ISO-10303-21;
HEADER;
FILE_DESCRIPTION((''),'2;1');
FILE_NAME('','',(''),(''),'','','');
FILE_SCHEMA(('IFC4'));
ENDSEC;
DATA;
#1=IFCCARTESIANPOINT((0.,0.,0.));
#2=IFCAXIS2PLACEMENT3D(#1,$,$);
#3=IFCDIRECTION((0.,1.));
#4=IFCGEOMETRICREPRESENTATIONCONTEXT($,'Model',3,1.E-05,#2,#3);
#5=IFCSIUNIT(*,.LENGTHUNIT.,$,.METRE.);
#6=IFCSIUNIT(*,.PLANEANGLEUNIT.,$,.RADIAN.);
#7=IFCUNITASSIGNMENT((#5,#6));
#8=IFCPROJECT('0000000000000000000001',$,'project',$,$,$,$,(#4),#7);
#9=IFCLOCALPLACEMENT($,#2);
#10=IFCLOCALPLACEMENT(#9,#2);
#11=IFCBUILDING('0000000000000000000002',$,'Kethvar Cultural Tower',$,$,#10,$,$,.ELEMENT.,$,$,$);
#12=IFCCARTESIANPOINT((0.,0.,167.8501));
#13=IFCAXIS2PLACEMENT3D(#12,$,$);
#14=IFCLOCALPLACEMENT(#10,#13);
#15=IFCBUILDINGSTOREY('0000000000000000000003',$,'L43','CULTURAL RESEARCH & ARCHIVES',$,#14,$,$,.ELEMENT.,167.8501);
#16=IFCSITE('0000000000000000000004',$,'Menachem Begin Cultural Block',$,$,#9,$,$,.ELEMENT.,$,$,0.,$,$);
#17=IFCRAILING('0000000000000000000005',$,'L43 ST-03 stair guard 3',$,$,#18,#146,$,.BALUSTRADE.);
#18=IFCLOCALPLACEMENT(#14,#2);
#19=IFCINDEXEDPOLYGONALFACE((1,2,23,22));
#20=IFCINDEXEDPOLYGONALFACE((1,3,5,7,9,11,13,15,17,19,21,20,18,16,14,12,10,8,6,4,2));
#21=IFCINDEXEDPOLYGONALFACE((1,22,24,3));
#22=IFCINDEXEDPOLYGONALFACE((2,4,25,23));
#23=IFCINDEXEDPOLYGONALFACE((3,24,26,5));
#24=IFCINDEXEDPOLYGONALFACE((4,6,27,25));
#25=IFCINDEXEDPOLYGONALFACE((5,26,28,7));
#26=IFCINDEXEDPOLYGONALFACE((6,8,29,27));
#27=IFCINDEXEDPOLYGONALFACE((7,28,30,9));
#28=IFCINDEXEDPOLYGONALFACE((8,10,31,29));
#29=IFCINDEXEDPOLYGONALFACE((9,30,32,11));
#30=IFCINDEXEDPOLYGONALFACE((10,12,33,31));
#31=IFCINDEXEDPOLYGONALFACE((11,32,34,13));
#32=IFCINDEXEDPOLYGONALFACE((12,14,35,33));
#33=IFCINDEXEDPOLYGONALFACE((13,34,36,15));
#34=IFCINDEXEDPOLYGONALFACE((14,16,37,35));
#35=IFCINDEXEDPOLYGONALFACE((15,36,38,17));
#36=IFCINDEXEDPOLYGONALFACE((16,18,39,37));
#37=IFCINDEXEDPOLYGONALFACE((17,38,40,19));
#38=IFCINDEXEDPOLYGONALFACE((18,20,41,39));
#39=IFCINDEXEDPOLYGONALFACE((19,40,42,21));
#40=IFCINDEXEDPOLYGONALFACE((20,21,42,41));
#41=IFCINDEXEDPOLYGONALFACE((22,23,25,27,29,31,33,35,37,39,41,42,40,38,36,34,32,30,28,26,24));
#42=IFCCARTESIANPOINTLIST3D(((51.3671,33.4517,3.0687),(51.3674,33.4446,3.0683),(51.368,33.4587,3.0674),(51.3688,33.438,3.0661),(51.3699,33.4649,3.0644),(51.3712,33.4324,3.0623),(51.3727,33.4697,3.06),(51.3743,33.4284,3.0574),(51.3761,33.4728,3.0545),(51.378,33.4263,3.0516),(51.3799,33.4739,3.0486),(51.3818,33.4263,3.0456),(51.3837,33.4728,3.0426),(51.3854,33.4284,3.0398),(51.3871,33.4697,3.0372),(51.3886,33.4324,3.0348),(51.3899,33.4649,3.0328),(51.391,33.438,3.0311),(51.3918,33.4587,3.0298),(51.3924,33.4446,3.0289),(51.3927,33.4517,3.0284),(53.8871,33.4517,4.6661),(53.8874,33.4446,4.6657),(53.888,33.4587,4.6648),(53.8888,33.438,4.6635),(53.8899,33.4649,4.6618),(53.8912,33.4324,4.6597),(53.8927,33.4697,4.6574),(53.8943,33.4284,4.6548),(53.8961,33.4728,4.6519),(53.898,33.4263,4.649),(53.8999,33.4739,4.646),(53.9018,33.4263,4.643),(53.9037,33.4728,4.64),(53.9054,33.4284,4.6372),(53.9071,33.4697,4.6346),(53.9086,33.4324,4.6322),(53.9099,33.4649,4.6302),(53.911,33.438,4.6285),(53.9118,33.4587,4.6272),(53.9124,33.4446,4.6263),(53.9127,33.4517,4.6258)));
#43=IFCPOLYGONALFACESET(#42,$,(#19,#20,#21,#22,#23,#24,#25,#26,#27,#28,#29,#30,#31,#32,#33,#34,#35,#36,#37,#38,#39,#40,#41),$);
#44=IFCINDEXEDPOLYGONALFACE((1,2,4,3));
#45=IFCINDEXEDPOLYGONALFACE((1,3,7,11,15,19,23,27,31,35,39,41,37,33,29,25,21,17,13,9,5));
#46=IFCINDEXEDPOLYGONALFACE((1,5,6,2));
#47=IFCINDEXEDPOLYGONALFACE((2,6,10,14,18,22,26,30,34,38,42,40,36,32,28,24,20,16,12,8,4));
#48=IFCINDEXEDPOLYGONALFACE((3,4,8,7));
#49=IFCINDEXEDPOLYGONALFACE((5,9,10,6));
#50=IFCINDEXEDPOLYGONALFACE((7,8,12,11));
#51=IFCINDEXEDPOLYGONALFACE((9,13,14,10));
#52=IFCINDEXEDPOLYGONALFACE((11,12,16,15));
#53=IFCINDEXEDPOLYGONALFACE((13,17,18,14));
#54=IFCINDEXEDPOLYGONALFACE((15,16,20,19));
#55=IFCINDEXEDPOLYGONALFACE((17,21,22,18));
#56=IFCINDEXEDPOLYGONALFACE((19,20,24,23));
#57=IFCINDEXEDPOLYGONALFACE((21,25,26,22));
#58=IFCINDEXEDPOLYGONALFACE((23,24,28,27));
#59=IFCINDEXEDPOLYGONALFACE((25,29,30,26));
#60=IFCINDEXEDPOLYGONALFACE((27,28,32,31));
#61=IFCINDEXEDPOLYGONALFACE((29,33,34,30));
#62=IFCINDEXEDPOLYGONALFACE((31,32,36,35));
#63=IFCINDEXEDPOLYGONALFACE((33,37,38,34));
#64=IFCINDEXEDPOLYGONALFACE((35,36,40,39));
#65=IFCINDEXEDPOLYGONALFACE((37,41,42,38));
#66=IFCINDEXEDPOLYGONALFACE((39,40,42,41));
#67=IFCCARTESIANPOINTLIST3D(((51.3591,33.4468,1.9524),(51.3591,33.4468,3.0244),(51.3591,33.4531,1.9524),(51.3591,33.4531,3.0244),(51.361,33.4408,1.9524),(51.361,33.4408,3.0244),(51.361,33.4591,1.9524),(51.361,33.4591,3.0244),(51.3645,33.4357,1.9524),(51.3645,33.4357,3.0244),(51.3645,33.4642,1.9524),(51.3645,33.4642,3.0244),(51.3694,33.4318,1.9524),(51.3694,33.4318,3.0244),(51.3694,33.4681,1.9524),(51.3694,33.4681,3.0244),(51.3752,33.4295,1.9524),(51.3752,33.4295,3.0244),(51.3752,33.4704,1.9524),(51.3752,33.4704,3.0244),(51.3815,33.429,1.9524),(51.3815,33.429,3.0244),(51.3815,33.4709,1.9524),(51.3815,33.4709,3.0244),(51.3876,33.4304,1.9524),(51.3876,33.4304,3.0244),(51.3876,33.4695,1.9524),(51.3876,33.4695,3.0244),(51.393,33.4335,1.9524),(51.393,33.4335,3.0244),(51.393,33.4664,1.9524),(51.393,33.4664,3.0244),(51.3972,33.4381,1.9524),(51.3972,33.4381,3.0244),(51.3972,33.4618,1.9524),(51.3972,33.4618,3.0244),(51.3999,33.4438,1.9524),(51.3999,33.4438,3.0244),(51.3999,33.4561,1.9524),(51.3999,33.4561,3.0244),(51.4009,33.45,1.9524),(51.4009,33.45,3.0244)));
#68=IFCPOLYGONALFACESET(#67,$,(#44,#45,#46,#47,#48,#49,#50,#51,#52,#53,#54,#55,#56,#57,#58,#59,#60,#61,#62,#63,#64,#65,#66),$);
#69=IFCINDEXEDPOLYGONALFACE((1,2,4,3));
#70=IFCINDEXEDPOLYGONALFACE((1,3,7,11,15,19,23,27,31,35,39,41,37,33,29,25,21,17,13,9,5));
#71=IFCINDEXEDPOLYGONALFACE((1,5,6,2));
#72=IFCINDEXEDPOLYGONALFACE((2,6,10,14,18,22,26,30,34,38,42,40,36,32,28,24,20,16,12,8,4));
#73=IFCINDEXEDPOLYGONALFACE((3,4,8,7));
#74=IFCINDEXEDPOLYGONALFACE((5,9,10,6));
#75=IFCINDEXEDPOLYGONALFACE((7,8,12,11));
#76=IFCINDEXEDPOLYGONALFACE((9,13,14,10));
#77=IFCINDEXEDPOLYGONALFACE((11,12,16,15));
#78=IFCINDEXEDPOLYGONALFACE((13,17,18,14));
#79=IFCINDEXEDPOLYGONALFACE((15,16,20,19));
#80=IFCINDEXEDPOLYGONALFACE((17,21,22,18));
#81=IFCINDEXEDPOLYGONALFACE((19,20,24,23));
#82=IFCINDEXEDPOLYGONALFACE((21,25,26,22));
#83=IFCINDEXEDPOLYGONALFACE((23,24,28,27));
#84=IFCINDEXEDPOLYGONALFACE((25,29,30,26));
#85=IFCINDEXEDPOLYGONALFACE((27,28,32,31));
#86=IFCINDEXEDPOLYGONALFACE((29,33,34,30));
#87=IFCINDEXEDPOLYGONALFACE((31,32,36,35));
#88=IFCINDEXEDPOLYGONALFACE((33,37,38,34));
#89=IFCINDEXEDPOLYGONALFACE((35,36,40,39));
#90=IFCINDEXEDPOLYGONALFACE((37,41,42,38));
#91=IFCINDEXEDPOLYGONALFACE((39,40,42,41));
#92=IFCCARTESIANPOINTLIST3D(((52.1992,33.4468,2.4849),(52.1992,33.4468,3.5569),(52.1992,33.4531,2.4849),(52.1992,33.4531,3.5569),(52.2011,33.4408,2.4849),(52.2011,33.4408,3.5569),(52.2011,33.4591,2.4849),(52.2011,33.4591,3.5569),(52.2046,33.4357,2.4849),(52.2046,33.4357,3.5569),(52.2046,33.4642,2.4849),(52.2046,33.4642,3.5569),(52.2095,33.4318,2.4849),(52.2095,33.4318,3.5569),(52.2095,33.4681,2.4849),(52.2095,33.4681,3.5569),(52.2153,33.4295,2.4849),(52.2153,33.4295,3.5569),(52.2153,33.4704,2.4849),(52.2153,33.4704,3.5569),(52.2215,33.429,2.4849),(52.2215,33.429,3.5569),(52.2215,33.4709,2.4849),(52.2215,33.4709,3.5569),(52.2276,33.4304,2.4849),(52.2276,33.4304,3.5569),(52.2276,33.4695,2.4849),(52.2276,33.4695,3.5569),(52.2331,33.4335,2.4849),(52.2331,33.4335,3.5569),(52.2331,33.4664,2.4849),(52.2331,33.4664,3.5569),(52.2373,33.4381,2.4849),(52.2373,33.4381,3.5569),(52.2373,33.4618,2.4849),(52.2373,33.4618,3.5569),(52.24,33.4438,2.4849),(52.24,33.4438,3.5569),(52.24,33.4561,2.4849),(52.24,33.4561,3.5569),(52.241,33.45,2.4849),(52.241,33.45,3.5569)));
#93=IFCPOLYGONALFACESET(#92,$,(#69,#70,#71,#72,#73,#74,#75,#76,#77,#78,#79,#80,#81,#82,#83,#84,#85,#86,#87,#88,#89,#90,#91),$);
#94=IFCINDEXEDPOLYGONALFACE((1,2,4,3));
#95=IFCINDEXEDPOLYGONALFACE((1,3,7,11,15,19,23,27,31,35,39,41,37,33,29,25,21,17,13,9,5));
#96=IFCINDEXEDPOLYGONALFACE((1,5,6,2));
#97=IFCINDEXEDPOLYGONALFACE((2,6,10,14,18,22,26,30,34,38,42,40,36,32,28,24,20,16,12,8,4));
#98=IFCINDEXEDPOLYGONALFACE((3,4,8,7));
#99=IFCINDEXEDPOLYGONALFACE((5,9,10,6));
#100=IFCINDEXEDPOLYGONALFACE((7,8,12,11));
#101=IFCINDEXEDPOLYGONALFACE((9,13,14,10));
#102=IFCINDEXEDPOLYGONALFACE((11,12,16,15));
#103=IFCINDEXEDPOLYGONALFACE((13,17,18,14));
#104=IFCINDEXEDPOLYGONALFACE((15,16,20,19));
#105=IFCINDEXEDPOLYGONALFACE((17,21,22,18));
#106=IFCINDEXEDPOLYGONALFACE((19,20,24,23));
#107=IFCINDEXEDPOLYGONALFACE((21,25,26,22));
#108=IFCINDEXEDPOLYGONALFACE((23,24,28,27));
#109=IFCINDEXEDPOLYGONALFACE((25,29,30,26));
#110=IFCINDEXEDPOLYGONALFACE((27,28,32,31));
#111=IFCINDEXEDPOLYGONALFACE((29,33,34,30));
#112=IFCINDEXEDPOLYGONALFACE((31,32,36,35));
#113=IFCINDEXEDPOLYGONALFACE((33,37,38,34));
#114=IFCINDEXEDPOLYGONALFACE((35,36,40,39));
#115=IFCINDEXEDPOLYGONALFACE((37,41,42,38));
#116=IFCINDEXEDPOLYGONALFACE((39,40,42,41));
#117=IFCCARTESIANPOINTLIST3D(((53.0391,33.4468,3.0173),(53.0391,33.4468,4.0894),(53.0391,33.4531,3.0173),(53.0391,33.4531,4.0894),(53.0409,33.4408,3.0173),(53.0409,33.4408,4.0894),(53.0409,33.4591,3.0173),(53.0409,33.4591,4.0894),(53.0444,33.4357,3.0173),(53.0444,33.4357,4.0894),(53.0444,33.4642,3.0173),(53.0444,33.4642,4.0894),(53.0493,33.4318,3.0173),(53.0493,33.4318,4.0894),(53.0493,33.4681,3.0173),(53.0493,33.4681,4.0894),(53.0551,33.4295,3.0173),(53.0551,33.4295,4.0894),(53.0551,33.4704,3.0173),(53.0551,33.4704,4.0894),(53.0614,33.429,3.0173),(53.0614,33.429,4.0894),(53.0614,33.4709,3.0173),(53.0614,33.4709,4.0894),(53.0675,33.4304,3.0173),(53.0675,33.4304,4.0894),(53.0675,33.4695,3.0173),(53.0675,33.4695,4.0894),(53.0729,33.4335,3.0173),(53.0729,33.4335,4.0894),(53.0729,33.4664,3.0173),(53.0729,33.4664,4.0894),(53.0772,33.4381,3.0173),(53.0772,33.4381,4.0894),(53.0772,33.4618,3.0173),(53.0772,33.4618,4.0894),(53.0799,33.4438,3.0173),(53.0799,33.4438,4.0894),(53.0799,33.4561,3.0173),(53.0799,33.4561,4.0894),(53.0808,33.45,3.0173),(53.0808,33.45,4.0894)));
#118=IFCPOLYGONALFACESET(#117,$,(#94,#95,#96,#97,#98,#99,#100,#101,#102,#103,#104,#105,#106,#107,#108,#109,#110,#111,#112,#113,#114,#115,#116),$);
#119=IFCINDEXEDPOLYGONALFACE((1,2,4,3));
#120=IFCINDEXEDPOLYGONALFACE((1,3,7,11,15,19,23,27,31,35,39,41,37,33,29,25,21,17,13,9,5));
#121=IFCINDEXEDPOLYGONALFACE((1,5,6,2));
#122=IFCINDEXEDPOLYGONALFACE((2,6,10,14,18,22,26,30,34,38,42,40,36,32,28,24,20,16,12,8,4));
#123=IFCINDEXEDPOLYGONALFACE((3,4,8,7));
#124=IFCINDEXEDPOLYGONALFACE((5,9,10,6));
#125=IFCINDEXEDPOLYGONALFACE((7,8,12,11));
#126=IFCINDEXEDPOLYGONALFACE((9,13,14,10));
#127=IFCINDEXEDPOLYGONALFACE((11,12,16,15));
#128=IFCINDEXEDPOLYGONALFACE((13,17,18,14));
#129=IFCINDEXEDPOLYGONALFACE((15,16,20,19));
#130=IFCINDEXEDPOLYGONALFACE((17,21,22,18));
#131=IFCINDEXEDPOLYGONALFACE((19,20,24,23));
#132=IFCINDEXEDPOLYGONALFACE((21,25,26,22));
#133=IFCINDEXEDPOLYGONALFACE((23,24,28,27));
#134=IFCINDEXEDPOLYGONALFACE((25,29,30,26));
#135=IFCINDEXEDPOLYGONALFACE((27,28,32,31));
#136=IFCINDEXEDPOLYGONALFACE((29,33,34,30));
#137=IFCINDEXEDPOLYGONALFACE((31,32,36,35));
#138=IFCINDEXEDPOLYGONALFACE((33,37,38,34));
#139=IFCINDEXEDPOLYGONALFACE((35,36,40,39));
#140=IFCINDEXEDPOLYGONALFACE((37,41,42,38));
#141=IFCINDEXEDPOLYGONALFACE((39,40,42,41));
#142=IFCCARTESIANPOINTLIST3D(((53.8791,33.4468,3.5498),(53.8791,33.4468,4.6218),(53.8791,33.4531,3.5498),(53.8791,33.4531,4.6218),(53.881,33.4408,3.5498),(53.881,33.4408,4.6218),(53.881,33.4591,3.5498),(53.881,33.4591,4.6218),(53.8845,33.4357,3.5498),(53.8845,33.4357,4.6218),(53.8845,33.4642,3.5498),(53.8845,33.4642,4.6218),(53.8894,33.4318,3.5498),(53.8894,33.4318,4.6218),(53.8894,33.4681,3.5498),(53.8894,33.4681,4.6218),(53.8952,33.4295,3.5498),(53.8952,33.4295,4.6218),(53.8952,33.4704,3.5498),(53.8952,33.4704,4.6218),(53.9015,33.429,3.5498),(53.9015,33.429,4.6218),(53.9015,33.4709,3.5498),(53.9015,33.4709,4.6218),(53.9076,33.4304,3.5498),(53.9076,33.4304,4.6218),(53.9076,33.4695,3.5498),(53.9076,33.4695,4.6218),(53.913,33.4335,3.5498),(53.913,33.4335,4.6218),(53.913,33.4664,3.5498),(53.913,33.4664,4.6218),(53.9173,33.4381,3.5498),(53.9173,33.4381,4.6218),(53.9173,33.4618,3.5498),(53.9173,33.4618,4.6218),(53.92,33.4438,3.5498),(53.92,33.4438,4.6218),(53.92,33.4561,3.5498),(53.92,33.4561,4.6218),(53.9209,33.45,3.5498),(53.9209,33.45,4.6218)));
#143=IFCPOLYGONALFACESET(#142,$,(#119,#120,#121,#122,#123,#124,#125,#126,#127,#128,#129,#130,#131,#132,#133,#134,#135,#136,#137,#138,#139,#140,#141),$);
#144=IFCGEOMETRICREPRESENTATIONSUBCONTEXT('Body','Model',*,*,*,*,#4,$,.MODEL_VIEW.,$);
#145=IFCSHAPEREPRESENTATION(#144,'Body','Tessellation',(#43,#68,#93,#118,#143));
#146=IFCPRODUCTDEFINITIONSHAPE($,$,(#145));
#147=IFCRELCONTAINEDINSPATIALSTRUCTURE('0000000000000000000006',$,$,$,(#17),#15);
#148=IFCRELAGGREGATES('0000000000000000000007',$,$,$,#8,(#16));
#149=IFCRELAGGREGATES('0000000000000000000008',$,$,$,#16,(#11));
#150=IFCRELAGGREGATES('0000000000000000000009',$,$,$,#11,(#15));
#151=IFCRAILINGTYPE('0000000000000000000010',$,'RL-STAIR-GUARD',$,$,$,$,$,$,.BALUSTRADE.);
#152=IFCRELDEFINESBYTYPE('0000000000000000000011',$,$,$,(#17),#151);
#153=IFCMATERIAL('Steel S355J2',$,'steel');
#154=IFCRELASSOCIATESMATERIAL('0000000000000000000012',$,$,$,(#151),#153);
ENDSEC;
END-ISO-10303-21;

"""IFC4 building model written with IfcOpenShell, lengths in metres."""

from ifc_helpers import new_model, si_unit, direction, frame, origin, origin_2d, place, context, subcontext, project, spatial, circle, extrude, material, type_object, element, save


model = new_model("IFC4")

# Units and contexts
model_context = context("Model", 3, precision=1e-05, world=origin(), true_north=direction((0.0, 1.0)))
body_context = subcontext(model_context, "Body", "Model", "MODEL_VIEW")
ifc_project = project(units=[si_unit("LENGTHUNIT", "METRE"), si_unit("PLANEANGLEUNIT", "RADIAN")], contexts=[model_context])

# Site, building, storey
site_placement = place(None, origin())
site = spatial("IfcSite", under=ifc_project, at=site_placement, Name="Menachem Begin Cultural Block", CompositionType="ELEMENT", RefElevation=0.0)
building_placement = place(site_placement, origin())
building = spatial("IfcBuilding", under=site, at=building_placement, Name="Kethvar Cultural Tower", CompositionType="ELEMENT")
storey_placement = place(building_placement, frame((0.0, 0.0, 167.8501)))
storey = spatial("IfcBuildingStorey", under=building, at=storey_placement, Name="L43", Description="CULTURAL RESEARCH & ARCHIVES", CompositionType="ELEMENT", Elevation=167.8501)

# Shared definitions
ifc_material_1 = material(Name="Steel S355J2", Category="steel")

# Railing
railing_type_1 = type_object("IfcRailingType", Name="RL-STAIR-GUARD", PredefinedType="BALUSTRADE", material=ifc_material_1)
railing_1_placement = place(storey_placement, frame((51.3799, 33.45, 1.9524)))
element("IfcRailing", 1, at=railing_1_placement, inside=storey, type_object=railing_type_1, Name="L43 ST-03 stair guard 3", PredefinedType="BALUSTRADE", context=body_context, shape_type="SweptSolid", body=[
    extrude(circle(Radius=0.0239, at=origin_2d()), frame((0.0, 0.0, 1.0962), z_axis=(0.844607, 0.0, 0.535387), x_axis=(0.0, 1.0, 0.0)), (0.0, 0.0, 1.0), 2.9836),
    extrude(circle(Radius=0.021, at=origin_2d()), origin(), (0.0, 0.0, 1.0), 1.072),
    extrude(circle(Radius=0.021, at=origin_2d()), frame((0.8401, 0.0, 0.5325)), (0.0, 0.0, 1.0), 1.072),
    extrude(circle(Radius=0.021, at=origin_2d()), frame((1.6799, 0.0, 1.0649)), (0.0, 0.0, 1.0), 1.072),
    extrude(circle(Radius=0.021, at=origin_2d()), frame((2.52, 0.0, 1.5974)), (0.0, 0.0, 1.0), 1.072),
])

save(model, "model.ifc")
